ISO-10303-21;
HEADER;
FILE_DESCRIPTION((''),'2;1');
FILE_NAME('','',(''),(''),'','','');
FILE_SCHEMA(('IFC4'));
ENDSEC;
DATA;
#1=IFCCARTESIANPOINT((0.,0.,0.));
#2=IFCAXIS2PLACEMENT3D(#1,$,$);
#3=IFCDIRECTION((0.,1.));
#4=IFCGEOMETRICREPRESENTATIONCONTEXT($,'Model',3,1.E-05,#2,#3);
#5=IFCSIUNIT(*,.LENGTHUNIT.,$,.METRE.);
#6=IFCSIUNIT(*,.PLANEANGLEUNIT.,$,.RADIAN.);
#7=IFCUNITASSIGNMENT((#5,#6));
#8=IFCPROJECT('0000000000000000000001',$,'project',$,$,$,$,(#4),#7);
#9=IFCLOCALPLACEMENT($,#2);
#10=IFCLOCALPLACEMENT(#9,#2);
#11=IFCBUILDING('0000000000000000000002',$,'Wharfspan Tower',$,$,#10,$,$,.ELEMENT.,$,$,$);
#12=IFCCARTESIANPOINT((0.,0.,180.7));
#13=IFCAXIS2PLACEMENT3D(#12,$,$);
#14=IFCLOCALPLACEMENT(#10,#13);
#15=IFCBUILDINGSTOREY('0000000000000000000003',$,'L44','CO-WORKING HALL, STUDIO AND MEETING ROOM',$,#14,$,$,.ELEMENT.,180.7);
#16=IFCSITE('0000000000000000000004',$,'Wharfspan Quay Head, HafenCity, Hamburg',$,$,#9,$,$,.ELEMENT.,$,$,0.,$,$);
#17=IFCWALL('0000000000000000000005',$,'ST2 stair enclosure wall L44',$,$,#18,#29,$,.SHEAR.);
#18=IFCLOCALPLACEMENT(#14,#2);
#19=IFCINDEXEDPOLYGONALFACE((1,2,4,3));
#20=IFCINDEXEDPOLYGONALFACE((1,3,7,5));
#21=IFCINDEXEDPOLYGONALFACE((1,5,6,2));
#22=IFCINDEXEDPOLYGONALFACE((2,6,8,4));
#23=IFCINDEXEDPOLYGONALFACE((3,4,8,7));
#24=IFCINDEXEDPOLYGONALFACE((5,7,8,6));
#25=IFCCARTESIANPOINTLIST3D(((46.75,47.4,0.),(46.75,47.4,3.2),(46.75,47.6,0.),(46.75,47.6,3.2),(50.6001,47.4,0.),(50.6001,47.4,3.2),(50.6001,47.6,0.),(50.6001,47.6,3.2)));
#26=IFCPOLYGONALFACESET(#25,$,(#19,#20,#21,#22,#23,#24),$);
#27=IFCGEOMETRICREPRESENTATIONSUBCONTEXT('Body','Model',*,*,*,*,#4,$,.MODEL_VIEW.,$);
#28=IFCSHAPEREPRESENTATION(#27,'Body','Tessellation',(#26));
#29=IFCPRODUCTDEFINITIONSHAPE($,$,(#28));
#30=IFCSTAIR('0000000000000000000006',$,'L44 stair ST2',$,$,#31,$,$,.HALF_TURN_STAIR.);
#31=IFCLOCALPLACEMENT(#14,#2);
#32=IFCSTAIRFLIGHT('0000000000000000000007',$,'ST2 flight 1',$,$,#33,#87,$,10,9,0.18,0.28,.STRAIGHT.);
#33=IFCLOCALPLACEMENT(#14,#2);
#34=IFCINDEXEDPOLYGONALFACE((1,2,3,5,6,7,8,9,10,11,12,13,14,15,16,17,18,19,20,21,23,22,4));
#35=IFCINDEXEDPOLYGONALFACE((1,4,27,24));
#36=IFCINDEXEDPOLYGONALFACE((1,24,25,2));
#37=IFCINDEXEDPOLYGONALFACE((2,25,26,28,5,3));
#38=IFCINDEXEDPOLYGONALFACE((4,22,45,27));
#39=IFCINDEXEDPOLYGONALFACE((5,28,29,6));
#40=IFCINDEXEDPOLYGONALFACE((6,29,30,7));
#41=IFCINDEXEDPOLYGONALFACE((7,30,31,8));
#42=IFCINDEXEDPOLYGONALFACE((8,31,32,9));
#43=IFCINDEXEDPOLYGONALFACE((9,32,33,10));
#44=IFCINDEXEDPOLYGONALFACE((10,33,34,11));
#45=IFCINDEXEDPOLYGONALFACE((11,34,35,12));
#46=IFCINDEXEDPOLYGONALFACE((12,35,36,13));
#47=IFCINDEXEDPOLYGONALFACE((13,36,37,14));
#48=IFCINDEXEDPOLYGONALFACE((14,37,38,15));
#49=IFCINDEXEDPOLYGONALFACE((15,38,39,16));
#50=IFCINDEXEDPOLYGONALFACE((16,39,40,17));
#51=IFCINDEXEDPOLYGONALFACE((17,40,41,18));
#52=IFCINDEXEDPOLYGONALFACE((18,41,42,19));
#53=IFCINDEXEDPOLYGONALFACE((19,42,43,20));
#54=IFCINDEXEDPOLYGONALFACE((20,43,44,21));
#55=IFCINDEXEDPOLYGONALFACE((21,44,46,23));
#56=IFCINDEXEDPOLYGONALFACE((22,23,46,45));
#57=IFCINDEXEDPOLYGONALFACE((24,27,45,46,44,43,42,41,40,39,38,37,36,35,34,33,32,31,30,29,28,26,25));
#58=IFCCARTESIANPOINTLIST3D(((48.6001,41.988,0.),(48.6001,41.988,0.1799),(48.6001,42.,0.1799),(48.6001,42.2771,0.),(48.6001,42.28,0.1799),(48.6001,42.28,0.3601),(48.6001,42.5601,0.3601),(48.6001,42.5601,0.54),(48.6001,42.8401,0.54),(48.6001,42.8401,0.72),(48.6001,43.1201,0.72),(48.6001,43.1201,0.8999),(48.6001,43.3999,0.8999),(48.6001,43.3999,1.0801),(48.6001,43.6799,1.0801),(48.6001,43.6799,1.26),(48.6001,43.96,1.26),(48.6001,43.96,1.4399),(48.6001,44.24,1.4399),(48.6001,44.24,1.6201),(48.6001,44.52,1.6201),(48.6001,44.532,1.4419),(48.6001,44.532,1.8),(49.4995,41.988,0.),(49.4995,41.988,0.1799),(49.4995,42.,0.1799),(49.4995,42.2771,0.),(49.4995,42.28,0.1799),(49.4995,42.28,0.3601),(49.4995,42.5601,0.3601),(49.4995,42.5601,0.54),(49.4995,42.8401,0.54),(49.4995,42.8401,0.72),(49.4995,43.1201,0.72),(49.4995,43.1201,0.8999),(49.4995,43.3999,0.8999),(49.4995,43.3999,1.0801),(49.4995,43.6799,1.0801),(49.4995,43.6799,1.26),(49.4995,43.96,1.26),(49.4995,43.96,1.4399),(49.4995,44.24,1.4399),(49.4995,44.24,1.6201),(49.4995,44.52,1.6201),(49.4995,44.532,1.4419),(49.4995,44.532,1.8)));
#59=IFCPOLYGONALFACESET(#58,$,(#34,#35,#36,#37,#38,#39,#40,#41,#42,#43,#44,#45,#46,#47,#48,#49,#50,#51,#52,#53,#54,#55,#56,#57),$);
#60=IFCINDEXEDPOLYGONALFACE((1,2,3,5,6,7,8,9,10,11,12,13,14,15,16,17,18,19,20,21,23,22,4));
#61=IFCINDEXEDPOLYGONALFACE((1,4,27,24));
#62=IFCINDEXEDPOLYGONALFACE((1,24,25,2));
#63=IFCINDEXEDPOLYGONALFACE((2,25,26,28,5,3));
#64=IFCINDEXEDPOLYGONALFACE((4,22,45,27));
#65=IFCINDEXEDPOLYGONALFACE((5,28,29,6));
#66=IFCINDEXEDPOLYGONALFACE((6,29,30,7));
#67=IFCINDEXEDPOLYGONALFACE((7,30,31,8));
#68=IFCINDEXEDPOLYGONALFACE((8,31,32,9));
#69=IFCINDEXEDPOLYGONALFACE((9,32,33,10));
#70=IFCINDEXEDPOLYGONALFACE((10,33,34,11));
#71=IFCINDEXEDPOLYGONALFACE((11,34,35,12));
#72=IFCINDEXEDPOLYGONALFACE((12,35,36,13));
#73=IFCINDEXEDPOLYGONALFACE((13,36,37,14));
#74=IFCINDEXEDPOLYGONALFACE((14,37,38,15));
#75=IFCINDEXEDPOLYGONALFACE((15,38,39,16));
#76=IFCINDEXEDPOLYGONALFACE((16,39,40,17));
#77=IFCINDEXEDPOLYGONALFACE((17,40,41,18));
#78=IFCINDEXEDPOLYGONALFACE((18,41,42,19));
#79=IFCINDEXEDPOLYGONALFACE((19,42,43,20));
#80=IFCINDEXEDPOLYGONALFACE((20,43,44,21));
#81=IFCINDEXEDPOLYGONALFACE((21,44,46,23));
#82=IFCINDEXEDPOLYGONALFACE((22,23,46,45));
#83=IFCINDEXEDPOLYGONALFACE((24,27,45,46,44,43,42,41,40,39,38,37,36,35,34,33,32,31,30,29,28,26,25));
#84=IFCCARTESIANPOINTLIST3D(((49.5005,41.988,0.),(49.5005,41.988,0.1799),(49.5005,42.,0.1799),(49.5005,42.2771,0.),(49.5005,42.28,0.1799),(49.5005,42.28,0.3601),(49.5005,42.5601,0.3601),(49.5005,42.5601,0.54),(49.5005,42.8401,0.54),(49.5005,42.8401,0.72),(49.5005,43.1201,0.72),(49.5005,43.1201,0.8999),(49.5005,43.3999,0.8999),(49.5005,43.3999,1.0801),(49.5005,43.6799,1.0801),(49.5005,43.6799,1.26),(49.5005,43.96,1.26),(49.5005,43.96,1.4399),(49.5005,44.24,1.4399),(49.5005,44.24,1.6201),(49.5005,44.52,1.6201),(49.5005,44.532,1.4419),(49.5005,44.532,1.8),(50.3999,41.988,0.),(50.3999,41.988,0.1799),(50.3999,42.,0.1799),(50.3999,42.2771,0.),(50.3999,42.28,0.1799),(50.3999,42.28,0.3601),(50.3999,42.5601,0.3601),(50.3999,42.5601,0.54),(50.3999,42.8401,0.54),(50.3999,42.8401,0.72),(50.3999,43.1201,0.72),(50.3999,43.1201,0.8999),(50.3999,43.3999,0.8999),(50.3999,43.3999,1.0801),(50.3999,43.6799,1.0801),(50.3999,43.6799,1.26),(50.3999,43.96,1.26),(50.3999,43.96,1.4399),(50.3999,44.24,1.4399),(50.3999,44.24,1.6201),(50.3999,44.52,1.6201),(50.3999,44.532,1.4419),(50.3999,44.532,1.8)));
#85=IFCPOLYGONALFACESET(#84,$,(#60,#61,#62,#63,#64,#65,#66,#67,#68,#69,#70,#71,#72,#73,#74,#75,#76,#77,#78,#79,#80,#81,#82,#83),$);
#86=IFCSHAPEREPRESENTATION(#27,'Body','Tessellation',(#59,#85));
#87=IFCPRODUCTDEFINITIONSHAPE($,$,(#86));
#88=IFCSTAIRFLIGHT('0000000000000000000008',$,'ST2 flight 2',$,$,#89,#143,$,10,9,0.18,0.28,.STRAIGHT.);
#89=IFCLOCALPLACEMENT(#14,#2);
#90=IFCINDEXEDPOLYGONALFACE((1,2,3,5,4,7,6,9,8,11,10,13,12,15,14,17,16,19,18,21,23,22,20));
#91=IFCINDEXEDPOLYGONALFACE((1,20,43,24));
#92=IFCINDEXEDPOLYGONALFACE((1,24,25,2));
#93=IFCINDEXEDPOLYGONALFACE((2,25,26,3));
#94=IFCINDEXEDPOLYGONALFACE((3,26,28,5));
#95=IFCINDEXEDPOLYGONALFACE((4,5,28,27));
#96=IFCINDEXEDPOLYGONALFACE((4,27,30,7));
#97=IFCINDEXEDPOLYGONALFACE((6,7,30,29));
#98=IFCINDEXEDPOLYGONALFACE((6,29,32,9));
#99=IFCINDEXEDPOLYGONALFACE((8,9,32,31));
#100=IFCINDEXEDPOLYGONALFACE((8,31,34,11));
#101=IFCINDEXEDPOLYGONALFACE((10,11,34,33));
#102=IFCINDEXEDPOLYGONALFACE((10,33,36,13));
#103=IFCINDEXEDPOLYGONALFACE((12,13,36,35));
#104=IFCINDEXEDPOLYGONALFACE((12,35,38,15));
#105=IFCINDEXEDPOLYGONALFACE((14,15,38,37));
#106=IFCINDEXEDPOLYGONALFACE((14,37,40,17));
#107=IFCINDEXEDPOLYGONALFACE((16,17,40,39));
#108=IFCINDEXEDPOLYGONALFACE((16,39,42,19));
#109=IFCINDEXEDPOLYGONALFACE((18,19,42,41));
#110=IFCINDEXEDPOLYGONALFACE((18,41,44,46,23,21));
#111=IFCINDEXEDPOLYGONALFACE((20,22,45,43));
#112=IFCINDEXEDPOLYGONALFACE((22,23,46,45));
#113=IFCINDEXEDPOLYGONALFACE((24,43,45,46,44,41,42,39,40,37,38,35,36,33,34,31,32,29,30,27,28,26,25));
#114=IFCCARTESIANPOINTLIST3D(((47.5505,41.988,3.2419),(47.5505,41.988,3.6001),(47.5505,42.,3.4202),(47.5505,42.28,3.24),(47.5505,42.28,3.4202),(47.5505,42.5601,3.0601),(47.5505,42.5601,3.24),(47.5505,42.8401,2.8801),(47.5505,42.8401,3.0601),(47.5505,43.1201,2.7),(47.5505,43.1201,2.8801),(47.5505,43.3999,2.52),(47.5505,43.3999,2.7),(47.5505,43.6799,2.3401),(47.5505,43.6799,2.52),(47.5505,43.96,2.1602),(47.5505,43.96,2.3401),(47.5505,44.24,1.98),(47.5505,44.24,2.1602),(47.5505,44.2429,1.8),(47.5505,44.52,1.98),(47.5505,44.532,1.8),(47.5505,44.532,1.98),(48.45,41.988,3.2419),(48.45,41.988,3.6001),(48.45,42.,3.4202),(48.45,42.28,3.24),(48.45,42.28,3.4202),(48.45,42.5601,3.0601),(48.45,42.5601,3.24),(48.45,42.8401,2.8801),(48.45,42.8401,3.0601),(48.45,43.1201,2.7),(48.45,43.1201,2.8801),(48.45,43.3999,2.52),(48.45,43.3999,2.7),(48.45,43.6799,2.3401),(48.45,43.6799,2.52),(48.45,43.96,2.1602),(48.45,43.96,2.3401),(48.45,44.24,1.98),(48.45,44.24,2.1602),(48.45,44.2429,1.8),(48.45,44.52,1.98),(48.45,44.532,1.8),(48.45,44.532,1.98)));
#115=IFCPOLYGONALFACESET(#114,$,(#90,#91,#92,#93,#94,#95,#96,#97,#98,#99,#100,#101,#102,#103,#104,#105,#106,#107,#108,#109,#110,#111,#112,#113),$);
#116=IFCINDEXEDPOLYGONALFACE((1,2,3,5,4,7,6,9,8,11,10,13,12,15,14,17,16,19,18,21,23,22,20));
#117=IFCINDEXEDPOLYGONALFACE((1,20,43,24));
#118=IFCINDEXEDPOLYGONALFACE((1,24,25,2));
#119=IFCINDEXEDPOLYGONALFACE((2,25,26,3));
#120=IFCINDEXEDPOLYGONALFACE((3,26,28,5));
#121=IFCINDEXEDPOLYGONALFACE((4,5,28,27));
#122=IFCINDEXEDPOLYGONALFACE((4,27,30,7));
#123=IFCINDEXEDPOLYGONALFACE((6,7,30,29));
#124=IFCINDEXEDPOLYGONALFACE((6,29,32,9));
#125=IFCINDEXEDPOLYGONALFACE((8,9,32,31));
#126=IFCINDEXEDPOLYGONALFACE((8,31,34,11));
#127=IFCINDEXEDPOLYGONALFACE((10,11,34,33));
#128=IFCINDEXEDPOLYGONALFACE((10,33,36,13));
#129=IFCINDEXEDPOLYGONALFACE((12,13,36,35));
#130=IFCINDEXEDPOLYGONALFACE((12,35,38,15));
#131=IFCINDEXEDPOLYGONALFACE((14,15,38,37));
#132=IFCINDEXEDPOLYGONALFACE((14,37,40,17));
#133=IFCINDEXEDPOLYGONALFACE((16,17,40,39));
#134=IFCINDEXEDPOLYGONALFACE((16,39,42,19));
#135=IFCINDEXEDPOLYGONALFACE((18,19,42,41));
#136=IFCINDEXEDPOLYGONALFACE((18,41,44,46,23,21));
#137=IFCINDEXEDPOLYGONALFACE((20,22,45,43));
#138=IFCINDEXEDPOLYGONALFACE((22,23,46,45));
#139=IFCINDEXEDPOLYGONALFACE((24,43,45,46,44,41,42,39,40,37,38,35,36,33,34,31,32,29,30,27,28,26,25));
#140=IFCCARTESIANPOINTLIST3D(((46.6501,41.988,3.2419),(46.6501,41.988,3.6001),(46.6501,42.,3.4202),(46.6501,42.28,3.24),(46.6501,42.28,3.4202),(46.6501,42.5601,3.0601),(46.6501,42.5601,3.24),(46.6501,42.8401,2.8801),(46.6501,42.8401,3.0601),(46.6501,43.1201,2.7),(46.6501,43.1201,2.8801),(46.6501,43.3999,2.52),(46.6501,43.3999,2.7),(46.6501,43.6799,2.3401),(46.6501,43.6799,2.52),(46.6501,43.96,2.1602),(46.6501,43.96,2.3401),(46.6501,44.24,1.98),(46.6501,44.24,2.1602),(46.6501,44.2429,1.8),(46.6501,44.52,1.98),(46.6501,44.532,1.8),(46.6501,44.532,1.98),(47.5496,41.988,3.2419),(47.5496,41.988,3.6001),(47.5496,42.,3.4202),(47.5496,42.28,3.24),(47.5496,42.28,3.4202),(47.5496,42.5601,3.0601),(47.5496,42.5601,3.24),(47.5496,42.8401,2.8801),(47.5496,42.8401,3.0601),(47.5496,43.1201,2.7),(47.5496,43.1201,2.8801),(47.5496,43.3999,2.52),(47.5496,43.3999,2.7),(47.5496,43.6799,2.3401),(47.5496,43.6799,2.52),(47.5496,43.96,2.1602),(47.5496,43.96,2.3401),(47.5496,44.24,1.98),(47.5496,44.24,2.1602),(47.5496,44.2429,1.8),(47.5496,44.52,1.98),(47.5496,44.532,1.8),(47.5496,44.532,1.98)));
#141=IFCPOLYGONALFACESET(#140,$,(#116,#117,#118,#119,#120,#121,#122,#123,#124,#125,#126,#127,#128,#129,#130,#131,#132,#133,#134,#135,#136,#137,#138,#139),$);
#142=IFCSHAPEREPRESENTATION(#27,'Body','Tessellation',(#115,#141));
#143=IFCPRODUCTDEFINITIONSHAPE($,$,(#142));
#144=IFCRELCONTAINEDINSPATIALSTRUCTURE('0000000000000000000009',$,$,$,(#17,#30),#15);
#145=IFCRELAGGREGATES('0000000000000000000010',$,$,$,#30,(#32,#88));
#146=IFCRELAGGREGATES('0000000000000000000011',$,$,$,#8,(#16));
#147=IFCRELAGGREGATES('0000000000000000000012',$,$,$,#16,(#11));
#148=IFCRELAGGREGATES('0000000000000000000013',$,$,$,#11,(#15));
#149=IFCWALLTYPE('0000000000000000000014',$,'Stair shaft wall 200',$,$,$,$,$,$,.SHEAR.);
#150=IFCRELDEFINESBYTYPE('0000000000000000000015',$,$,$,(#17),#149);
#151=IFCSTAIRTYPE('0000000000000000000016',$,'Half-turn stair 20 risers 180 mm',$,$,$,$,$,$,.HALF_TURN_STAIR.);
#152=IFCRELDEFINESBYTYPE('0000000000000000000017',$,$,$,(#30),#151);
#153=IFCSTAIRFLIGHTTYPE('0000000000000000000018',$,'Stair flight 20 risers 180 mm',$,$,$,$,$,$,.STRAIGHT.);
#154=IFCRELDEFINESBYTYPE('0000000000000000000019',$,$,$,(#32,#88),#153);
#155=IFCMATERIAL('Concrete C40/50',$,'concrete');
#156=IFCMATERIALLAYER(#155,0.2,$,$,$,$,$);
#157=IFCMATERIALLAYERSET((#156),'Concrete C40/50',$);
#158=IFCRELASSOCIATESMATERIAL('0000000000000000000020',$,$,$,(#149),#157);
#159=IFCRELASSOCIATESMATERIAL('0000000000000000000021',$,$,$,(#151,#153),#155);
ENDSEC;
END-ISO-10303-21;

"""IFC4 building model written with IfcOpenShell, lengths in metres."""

from ifc_helpers import new_model, si_unit, direction, frame, frame_2d, origin, place, context, subcontext, project, spatial, polyline, rectangle, outline, extrude, material, layer, layer_set, type_object, element, aggregate, save


model = new_model("IFC4")

# Units and contexts
model_context = context("Model", 3, precision=1e-05, world=origin(), true_north=direction((0.0, 1.0)))
body_context = subcontext(model_context, "Body", "Model", "MODEL_VIEW")
ifc_project = project(units=[si_unit("LENGTHUNIT", "METRE"), si_unit("PLANEANGLEUNIT", "RADIAN")], contexts=[model_context])

# Site, building, storey
site_placement = place(None, origin())
site = spatial("IfcSite", under=ifc_project, at=site_placement, Name="Wharfspan Quay Head, HafenCity, Hamburg", CompositionType="ELEMENT", RefElevation=0.0)
building_placement = place(site_placement, origin())
building = spatial("IfcBuilding", under=site, at=building_placement, Name="Wharfspan Tower", CompositionType="ELEMENT")
storey_placement = place(building_placement, frame((0.0, 0.0, 180.7)))
storey = spatial("IfcBuildingStorey", under=building, at=storey_placement, Name="L44", Description="CO-WORKING HALL, STUDIO AND MEETING ROOM", CompositionType="ELEMENT", Elevation=180.7)

# Shared definitions
ifc_material_1 = material(Name="Concrete C40/50", Category="concrete")
ifc_layer_1 = layer(ifc_material_1, 0.2)
ifc_layer_set_1 = layer_set([ifc_layer_1], Name="Concrete C40/50")
wall_type_1 = type_object("IfcWallType", Name="Stair shaft wall 200", PredefinedType="SHEAR", material=ifc_layer_set_1)

# Wall
wall_1_placement = place(storey_placement, frame((46.75, 47.5, 0.0), z_axis=(0.0, 0.0, 1.0), x_axis=(1.0, 0.0, 0.0)))
element("IfcWall", 1, at=wall_1_placement, inside=storey, type_object=wall_type_1, Name="ST2 stair enclosure wall L44", PredefinedType="SHEAR", context=body_context, shape_type="SweptSolid", body=[
    extrude(rectangle(XDim=3.8501, YDim=0.2, at=frame_2d((1.925, 0.0))), origin(), (0.0, 0.0, 1.0), 3.2),
])

# Stair, stair flights
stair_type = type_object("IfcStairType", Name="Half-turn stair 20 risers 180 mm", PredefinedType="HALF_TURN_STAIR", material=ifc_material_1)
stair_placement = place(storey_placement, origin())
stair = element("IfcStair", 2, at=stair_placement, inside=storey, type_object=stair_type, Name="L44 stair ST2", PredefinedType="HALF_TURN_STAIR")
stair_flight_type = type_object("IfcStairFlightType", Name="Stair flight 20 risers 180 mm", PredefinedType="STRAIGHT", material=ifc_material_1)
stair_flight_1_placement = place(storey_placement, frame((49.5, 42.0, 0.0), z_axis=(0.0, 0.0, 1.0), x_axis=(0.0, 1.0, 0.0)))
stair_flight_1 = element("IfcStairFlight", 3, at=stair_flight_1_placement, type_object=stair_flight_type, Name="ST2 flight 1", NumberOfRisers=10, NumberOfTreads=9, PredefinedType="STRAIGHT", RiserHeight=0.18, TreadLength=0.28, context=body_context, shape_type="SweptSolid", body=[
    extrude(outline(polyline([(-0.012, 0.0), (-0.012, 0.1799), (0.0, 0.1799), (0.28, 0.1799), (0.28, 0.3601), (0.5601, 0.3601), (0.5601, 0.54), (0.8401, 0.54), (0.8401, 0.72), (1.1201, 0.72), (1.1201, 0.8999), (1.3999, 0.8999), (1.3999, 1.0801), (1.6799, 1.0801), (1.6799, 1.26), (1.96, 1.26), (1.96, 1.4399), (2.24, 1.4399), (2.24, 1.6201), (2.52, 1.6201), (2.532, 1.8), (2.532, 1.4419), (0.2771, 0.0), (-0.012, 0.0)])), frame((0.0, 0.8999, 0.0), z_axis=(0.0, -1.0, 0.0), x_axis=(1.0, 0.0, 0.0)), (0.0, 0.0, 1.0), 0.8994),
    extrude(outline(polyline([(-0.012, 0.0), (-0.012, 0.1799), (0.0, 0.1799), (0.28, 0.1799), (0.28, 0.3601), (0.5601, 0.3601), (0.5601, 0.54), (0.8401, 0.54), (0.8401, 0.72), (1.1201, 0.72), (1.1201, 0.8999), (1.3999, 0.8999), (1.3999, 1.0801), (1.6799, 1.0801), (1.6799, 1.26), (1.96, 1.26), (1.96, 1.4399), (2.24, 1.4399), (2.24, 1.6201), (2.52, 1.6201), (2.532, 1.8), (2.532, 1.4419), (0.2771, 0.0), (-0.012, 0.0)])), frame((0.0, -0.0005, 0.0), z_axis=(0.0, -1.0, 0.0), x_axis=(1.0, 0.0, 0.0)), (0.0, 0.0, 1.0), 0.8994),
])
stair_flight_2_placement = place(storey_placement, frame((47.55, 44.52, 1.8), z_axis=(0.0, 0.0, 1.0), x_axis=(0.0, -1.0, 0.0)))
stair_flight_2 = element("IfcStairFlight", 4, at=stair_flight_2_placement, type_object=stair_flight_type, Name="ST2 flight 2", NumberOfRisers=10, NumberOfTreads=9, PredefinedType="STRAIGHT", RiserHeight=0.18, TreadLength=0.28, context=body_context, shape_type="SweptSolid", body=[
    extrude(outline(polyline([(-0.012, 0.0), (-0.012, 0.1799), (0.0, 0.1799), (0.28, 0.1799), (0.28, 0.3601), (0.5601, 0.3601), (0.5601, 0.54), (0.8401, 0.54), (0.8401, 0.72), (1.1201, 0.72), (1.1201, 0.8999), (1.3999, 0.8999), (1.3999, 1.0801), (1.6799, 1.0801), (1.6799, 1.26), (1.96, 1.26), (1.96, 1.4399), (2.24, 1.4399), (2.24, 1.6201), (2.52, 1.6201), (2.532, 1.8), (2.532, 1.4419), (0.2771, 0.0), (-0.012, 0.0)])), frame((0.0, 0.8999, 0.0), z_axis=(0.0, -1.0, 0.0), x_axis=(1.0, 0.0, 0.0)), (0.0, 0.0, 1.0), 0.8994),
    extrude(outline(polyline([(-0.012, 0.0), (-0.012, 0.1799), (0.0, 0.1799), (0.28, 0.1799), (0.28, 0.3601), (0.5601, 0.3601), (0.5601, 0.54), (0.8401, 0.54), (0.8401, 0.72), (1.1201, 0.72), (1.1201, 0.8999), (1.3999, 0.8999), (1.3999, 1.0801), (1.6799, 1.0801), (1.6799, 1.26), (1.96, 1.26), (1.96, 1.4399), (2.24, 1.4399), (2.24, 1.6201), (2.52, 1.6201), (2.532, 1.8), (2.532, 1.4419), (0.2771, 0.0), (-0.012, 0.0)])), frame((0.0, -0.0005, 0.0), z_axis=(0.0, -1.0, 0.0), x_axis=(1.0, 0.0, 0.0)), (0.0, 0.0, 1.0), 0.8994),
])
aggregate(stair, [stair_flight_1, stair_flight_2])

save(model, "model.ifc")
